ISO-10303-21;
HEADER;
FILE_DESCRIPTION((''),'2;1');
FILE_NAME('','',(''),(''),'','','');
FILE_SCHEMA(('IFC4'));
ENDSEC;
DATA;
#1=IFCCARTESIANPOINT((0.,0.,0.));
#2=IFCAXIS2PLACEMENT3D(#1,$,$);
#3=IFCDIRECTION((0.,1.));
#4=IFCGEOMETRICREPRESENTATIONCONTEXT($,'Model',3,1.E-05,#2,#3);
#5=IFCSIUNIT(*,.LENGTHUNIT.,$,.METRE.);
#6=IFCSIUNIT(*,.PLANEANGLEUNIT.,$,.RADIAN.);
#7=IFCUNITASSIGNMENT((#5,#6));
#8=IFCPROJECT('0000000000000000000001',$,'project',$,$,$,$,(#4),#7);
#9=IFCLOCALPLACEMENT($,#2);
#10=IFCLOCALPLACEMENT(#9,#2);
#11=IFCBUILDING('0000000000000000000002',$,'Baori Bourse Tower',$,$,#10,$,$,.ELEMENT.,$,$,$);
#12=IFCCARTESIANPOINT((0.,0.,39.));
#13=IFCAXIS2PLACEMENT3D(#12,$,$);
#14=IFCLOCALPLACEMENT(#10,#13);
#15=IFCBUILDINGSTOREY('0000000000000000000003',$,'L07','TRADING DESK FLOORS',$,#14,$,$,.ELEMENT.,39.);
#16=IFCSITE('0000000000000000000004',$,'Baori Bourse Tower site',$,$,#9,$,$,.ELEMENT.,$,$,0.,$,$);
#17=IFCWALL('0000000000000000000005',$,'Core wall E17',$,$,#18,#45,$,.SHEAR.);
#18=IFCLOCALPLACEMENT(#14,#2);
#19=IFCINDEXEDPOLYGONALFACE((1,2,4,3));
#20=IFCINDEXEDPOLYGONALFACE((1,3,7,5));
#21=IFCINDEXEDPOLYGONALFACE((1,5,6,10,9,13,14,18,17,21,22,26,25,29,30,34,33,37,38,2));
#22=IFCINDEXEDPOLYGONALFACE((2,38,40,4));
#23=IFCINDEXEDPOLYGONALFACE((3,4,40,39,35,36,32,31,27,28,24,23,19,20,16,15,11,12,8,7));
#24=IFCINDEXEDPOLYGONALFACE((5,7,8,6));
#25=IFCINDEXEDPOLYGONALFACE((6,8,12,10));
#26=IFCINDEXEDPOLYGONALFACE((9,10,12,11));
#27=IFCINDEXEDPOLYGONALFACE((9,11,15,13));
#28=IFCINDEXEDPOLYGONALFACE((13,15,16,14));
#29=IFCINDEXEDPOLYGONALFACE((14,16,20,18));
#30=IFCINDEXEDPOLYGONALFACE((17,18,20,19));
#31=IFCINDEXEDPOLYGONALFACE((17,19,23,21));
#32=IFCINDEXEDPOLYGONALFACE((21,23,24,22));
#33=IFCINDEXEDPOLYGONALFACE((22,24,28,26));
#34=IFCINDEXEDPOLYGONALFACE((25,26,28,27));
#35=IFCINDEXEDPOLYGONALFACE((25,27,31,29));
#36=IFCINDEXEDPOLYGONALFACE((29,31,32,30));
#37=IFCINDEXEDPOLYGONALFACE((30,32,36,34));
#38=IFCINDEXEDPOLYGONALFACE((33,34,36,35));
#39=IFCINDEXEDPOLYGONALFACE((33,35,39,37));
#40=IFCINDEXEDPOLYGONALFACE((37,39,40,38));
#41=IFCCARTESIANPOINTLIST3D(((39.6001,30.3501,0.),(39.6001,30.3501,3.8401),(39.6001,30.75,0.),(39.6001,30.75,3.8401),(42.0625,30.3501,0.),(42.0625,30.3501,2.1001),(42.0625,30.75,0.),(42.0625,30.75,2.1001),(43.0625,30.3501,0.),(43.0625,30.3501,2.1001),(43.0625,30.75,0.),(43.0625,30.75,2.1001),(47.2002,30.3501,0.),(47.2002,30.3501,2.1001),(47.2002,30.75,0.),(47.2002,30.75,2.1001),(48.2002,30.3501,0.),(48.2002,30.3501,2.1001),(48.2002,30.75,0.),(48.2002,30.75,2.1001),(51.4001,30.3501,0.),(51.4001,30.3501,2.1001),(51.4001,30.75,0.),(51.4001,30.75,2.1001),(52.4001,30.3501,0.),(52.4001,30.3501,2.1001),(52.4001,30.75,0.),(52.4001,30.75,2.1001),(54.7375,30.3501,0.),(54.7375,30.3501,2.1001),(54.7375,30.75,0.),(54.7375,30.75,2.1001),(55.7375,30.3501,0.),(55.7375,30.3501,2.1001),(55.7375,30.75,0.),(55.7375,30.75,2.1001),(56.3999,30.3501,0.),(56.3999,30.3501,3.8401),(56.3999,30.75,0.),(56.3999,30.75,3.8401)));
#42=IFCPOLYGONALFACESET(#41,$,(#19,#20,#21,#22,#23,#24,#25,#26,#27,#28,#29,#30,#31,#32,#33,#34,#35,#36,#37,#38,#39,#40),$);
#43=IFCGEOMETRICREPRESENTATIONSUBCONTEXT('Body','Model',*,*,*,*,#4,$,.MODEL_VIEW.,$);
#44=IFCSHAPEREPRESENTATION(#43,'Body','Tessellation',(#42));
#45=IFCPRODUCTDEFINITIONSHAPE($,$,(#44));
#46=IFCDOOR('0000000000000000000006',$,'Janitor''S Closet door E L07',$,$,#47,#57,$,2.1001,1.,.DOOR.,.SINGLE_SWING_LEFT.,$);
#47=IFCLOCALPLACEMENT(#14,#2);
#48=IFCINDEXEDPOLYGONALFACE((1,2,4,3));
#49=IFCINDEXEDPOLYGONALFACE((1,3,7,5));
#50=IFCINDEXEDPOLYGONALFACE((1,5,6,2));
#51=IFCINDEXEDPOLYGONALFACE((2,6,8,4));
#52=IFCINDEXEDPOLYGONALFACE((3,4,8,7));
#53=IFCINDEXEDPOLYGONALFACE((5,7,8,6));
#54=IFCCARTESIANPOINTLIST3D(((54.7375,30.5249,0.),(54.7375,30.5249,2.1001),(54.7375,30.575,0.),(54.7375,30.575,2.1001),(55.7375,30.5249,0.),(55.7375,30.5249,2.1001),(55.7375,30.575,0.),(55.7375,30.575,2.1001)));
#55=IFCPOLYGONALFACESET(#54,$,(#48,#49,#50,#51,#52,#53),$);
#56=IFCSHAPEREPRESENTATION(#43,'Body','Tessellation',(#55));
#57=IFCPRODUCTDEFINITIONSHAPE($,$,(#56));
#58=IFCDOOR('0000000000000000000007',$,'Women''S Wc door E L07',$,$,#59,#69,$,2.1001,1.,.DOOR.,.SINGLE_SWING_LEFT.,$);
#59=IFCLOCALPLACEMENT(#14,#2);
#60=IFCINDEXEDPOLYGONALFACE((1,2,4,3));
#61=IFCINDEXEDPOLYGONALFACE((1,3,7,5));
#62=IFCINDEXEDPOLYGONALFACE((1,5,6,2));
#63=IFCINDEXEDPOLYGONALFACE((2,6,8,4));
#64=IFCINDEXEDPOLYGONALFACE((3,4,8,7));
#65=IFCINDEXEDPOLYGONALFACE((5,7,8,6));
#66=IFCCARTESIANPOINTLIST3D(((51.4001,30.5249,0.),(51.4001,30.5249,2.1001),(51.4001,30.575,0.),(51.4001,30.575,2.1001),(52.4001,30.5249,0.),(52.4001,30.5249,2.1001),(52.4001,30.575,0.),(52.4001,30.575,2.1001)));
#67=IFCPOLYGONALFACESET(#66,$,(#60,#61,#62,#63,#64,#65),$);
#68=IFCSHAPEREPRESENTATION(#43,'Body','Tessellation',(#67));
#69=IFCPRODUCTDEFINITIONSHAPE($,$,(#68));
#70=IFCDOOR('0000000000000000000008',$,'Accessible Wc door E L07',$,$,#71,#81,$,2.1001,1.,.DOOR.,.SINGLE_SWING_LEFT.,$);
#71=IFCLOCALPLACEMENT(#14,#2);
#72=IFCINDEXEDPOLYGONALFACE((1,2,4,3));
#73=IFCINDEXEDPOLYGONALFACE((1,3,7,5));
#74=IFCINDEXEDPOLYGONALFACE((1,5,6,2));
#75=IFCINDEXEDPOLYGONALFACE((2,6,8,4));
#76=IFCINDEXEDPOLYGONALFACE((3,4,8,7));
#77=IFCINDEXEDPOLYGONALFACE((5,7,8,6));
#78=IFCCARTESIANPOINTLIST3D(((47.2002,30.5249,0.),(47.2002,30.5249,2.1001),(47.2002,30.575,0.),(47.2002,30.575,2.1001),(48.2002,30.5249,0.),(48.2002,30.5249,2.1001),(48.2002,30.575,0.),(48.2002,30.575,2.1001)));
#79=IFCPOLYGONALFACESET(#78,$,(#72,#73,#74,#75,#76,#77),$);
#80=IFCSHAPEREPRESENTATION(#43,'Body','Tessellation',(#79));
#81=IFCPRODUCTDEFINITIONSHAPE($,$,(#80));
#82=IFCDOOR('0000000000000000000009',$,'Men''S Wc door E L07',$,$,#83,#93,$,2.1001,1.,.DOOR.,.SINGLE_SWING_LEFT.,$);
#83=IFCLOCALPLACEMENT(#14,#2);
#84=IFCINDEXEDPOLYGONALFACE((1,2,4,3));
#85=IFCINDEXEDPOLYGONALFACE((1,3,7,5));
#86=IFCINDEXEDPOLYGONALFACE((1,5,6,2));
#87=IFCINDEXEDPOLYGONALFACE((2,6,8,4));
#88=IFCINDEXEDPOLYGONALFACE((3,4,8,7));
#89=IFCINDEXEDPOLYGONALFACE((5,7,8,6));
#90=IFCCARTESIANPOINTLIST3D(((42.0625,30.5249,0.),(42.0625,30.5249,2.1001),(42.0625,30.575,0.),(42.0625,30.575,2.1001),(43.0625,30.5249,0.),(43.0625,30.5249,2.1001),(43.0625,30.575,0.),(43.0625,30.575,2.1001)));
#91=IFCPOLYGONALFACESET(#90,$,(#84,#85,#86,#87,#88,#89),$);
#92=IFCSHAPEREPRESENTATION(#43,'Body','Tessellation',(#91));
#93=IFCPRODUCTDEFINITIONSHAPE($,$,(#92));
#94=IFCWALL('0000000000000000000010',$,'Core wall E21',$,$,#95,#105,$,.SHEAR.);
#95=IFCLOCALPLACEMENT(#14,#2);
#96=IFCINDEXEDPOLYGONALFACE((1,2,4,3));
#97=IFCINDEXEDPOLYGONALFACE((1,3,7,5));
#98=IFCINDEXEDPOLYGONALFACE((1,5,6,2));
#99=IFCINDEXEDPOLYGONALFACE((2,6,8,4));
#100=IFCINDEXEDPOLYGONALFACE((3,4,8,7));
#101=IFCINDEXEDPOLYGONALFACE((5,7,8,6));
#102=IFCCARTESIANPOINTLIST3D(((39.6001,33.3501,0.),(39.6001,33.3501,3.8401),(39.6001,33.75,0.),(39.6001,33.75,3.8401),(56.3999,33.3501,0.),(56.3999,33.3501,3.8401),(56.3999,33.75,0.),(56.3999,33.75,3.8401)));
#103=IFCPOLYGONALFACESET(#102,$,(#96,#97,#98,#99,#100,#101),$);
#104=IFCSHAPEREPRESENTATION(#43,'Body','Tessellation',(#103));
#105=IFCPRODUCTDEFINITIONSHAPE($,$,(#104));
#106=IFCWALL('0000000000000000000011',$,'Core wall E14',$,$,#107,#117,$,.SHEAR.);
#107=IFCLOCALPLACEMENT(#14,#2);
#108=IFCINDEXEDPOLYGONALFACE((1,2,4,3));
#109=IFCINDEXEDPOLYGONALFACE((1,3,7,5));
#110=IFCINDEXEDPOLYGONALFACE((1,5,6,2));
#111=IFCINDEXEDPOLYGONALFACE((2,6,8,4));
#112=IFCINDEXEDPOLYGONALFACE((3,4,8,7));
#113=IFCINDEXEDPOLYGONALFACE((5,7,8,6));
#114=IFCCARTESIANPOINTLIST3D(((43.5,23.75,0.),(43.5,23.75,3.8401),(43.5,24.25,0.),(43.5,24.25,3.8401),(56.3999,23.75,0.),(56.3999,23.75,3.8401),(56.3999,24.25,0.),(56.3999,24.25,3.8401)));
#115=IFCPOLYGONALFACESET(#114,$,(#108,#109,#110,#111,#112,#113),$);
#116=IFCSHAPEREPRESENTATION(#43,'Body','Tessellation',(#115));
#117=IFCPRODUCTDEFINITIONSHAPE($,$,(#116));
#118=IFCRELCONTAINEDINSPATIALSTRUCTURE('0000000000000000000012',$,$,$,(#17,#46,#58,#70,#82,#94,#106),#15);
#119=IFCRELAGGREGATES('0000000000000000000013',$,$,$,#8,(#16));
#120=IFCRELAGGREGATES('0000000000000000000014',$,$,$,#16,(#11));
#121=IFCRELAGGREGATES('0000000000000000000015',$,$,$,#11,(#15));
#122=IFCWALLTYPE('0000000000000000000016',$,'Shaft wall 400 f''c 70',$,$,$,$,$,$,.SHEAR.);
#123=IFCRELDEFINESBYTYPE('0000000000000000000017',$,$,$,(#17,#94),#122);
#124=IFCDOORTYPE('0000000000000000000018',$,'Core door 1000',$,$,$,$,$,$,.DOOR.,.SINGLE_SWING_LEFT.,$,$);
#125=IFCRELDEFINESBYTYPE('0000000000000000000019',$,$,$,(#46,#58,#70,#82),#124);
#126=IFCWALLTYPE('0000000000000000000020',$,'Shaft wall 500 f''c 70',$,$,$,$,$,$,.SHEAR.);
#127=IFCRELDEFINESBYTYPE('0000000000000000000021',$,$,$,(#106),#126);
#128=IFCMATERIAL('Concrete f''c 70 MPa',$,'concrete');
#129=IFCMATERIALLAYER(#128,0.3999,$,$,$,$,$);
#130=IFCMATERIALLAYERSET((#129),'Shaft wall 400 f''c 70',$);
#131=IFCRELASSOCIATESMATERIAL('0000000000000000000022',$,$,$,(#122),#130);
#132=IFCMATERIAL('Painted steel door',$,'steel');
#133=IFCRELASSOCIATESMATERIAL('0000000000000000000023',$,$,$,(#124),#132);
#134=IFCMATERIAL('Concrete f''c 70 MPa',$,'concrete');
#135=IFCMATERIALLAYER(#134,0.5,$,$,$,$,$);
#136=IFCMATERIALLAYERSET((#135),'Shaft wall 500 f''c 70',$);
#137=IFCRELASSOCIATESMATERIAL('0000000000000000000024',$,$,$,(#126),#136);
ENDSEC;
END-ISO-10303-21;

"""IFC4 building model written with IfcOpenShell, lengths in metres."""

from ifc_helpers import new_model, si_unit, direction, frame, frame_2d, origin, place, context, subcontext, project, spatial, rectangle, extrude, material, layer, layer_set, type_object, element, fill, save


model = new_model("IFC4")

# Units and contexts
model_context = context("Model", 3, precision=1e-05, world=origin(), true_north=direction((0.0, 1.0)))
body_context = subcontext(model_context, "Body", "Model", "MODEL_VIEW")
ifc_project = project(units=[si_unit("LENGTHUNIT", "METRE"), si_unit("PLANEANGLEUNIT", "RADIAN")], contexts=[model_context])

# Site, building, storey
site_placement = place(None, origin())
site = spatial("IfcSite", under=ifc_project, at=site_placement, Name="Baori Bourse Tower site", CompositionType="ELEMENT", RefElevation=0.0)
building_placement = place(site_placement, origin())
building = spatial("IfcBuilding", under=site, at=building_placement, Name="Baori Bourse Tower", CompositionType="ELEMENT")
storey_placement = place(building_placement, frame((0.0, 0.0, 39.0)))
storey = spatial("IfcBuildingStorey", under=building, at=storey_placement, Name="L07", Description="TRADING DESK FLOORS", CompositionType="ELEMENT", Elevation=39.0)

# Shared definitions
ifc_material_1 = material(Name="Concrete f'c 70 MPa", Category="concrete")
ifc_layer_1 = layer(ifc_material_1, 0.3999)
ifc_layer_set_1 = layer_set([ifc_layer_1], Name="Shaft wall 400 f'c 70")
wall_type_1 = type_object("IfcWallType", Name="Shaft wall 400 f'c 70", PredefinedType="SHEAR", material=ifc_layer_set_1)

# Wall, openings, doors
wall_1_placement = place(storey_placement, frame((39.6001, 30.55, 0.0), z_axis=(0.0, 0.0, 1.0), x_axis=(1.0, 0.0, 0.0)))
wall_1 = element("IfcWall", 1, at=wall_1_placement, inside=storey, type_object=wall_type_1, Name="Core wall E17", PredefinedType="SHEAR", context=body_context, shape_type="SweptSolid", body=[
    extrude(rectangle(XDim=16.7998, YDim=0.3999, at=frame_2d((8.3999, 0.0))), origin(), (0.0, 0.0, 1.0), 3.8401),
])
opening_1_placement = place(wall_1_placement, frame((15.1375, 0.0, 0.0)))
opening_1 = element("IfcOpeningElement", 2, at=opening_1_placement, cuts=wall_1, PredefinedType="OPENING", context=body_context, shape_type="SweptSolid", body=[
    extrude(rectangle(XDim=1.0, YDim=2.1001, at=frame_2d((0.5, 1.05))), frame((0.0, 0.21, 0.0), z_axis=(0.0, -1.0, 0.0), x_axis=(1.0, 0.0, 0.0)), (0.0, 0.0, 1.0), 0.4199),
])
opening_2_placement = place(wall_1_placement, frame((11.8, 0.0, 0.0)))
opening_2 = element("IfcOpeningElement", 3, at=opening_2_placement, cuts=wall_1, PredefinedType="OPENING", context=body_context, shape_type="SweptSolid", body=[
    extrude(rectangle(XDim=1.0, YDim=2.1001, at=frame_2d((0.5, 1.05))), frame((0.0, 0.21, 0.0), z_axis=(0.0, -1.0, 0.0), x_axis=(1.0, 0.0, 0.0)), (0.0, 0.0, 1.0), 0.4199),
])
opening_3_placement = place(wall_1_placement, frame((7.6001, 0.0, 0.0)))
opening_3 = element("IfcOpeningElement", 4, at=opening_3_placement, cuts=wall_1, PredefinedType="OPENING", context=body_context, shape_type="SweptSolid", body=[
    extrude(rectangle(XDim=1.0, YDim=2.1001, at=frame_2d((0.5, 1.05))), frame((0.0, 0.21, 0.0), z_axis=(0.0, -1.0, 0.0), x_axis=(1.0, 0.0, 0.0)), (0.0, 0.0, 1.0), 0.4199),
])
opening_4_placement = place(wall_1_placement, frame((2.4624, 0.0, 0.0)))
opening_4 = element("IfcOpeningElement", 5, at=opening_4_placement, cuts=wall_1, PredefinedType="OPENING", context=body_context, shape_type="SweptSolid", body=[
    extrude(rectangle(XDim=1.0, YDim=2.1001, at=frame_2d((0.5, 1.05))), frame((0.0, 0.21, 0.0), z_axis=(0.0, -1.0, 0.0), x_axis=(1.0, 0.0, 0.0)), (0.0, 0.0, 1.0), 0.4199),
])
ifc_material_2 = material(Name="Painted steel door", Category="steel")
door_type_1 = type_object("IfcDoorType", Name="Core door 1000", OperationType="SINGLE_SWING_LEFT", PredefinedType="DOOR", material=ifc_material_2)
door_1_placement = place(opening_1_placement, origin())
door_1 = element("IfcDoor", 6, at=door_1_placement, inside=storey, type_object=door_type_1, Name="Janitor'S Closet door E L07", OperationType="SINGLE_SWING_LEFT", OverallHeight=2.1001, OverallWidth=1.0, PredefinedType="DOOR", context=body_context, shape_type="SweptSolid", body=[
    extrude(rectangle(XDim=1.0, YDim=2.1001, at=frame_2d((0.5, 1.05))), frame((0.0, 0.0249, 0.0), z_axis=(0.0, -1.0, 0.0), x_axis=(1.0, 0.0, 0.0)), (0.0, 0.0, 1.0), 0.05),
])
fill(opening_1, door_1)
door_2_placement = place(opening_2_placement, origin())
door_2 = element("IfcDoor", 7, at=door_2_placement, inside=storey, type_object=door_type_1, Name="Women'S Wc door E L07", OperationType="SINGLE_SWING_LEFT", OverallHeight=2.1001, OverallWidth=1.0, PredefinedType="DOOR", context=body_context, shape_type="SweptSolid", body=[
    extrude(rectangle(XDim=1.0, YDim=2.1001, at=frame_2d((0.5, 1.05))), frame((0.0, 0.0249, 0.0), z_axis=(0.0, -1.0, 0.0), x_axis=(1.0, 0.0, 0.0)), (0.0, 0.0, 1.0), 0.05),
])
fill(opening_2, door_2)
door_3_placement = place(opening_3_placement, origin())
door_3 = element("IfcDoor", 8, at=door_3_placement, inside=storey, type_object=door_type_1, Name="Accessible Wc door E L07", OperationType="SINGLE_SWING_LEFT", OverallHeight=2.1001, OverallWidth=1.0, PredefinedType="DOOR", context=body_context, shape_type="SweptSolid", body=[
    extrude(rectangle(XDim=1.0, YDim=2.1001, at=frame_2d((0.5, 1.05))), frame((0.0, 0.0249, 0.0), z_axis=(0.0, -1.0, 0.0), x_axis=(1.0, 0.0, 0.0)), (0.0, 0.0, 1.0), 0.05),
])
fill(opening_3, door_3)
door_4_placement = place(opening_4_placement, origin())
door_4 = element("IfcDoor", 9, at=door_4_placement, inside=storey, type_object=door_type_1, Name="Men'S Wc door E L07", OperationType="SINGLE_SWING_LEFT", OverallHeight=2.1001, OverallWidth=1.0, PredefinedType="DOOR", context=body_context, shape_type="SweptSolid", body=[
    extrude(rectangle(XDim=1.0, YDim=2.1001, at=frame_2d((0.5, 1.05))), frame((0.0, 0.0249, 0.0), z_axis=(0.0, -1.0, 0.0), x_axis=(1.0, 0.0, 0.0)), (0.0, 0.0, 1.0), 0.05),
])
fill(opening_4, door_4)

# Walls
wall_2_placement = place(storey_placement, frame((39.6001, 33.55, 0.0), z_axis=(0.0, 0.0, 1.0), x_axis=(1.0, 0.0, 0.0)))
element("IfcWall", 10, at=wall_2_placement, inside=storey, type_object=wall_type_1, Name="Core wall E21", PredefinedType="SHEAR", context=body_context, shape_type="SweptSolid", body=[
    extrude(rectangle(XDim=16.7998, YDim=0.3999, at=frame_2d((8.3999, 0.0))), origin(), (0.0, 0.0, 1.0), 3.8401),
])
ifc_material_3 = material(Name="Concrete f'c 70 MPa", Category="concrete")
ifc_layer_2 = layer(ifc_material_3, 0.5)
ifc_layer_set_2 = layer_set([ifc_layer_2], Name="Shaft wall 500 f'c 70")
wall_type_2 = type_object("IfcWallType", Name="Shaft wall 500 f'c 70", PredefinedType="SHEAR", material=ifc_layer_set_2)
wall_3_placement = place(storey_placement, frame((43.5, 24.0, 0.0), z_axis=(0.0, 0.0, 1.0), x_axis=(1.0, 0.0, 0.0)))
element("IfcWall", 11, at=wall_3_placement, inside=storey, type_object=wall_type_2, Name="Core wall E14", PredefinedType="SHEAR", context=body_context, shape_type="SweptSolid", body=[
    extrude(rectangle(XDim=12.8999, YDim=0.5, at=frame_2d((6.45, 0.0))), origin(), (0.0, 0.0, 1.0), 3.8401),
])

save(model, "model.ifc")
